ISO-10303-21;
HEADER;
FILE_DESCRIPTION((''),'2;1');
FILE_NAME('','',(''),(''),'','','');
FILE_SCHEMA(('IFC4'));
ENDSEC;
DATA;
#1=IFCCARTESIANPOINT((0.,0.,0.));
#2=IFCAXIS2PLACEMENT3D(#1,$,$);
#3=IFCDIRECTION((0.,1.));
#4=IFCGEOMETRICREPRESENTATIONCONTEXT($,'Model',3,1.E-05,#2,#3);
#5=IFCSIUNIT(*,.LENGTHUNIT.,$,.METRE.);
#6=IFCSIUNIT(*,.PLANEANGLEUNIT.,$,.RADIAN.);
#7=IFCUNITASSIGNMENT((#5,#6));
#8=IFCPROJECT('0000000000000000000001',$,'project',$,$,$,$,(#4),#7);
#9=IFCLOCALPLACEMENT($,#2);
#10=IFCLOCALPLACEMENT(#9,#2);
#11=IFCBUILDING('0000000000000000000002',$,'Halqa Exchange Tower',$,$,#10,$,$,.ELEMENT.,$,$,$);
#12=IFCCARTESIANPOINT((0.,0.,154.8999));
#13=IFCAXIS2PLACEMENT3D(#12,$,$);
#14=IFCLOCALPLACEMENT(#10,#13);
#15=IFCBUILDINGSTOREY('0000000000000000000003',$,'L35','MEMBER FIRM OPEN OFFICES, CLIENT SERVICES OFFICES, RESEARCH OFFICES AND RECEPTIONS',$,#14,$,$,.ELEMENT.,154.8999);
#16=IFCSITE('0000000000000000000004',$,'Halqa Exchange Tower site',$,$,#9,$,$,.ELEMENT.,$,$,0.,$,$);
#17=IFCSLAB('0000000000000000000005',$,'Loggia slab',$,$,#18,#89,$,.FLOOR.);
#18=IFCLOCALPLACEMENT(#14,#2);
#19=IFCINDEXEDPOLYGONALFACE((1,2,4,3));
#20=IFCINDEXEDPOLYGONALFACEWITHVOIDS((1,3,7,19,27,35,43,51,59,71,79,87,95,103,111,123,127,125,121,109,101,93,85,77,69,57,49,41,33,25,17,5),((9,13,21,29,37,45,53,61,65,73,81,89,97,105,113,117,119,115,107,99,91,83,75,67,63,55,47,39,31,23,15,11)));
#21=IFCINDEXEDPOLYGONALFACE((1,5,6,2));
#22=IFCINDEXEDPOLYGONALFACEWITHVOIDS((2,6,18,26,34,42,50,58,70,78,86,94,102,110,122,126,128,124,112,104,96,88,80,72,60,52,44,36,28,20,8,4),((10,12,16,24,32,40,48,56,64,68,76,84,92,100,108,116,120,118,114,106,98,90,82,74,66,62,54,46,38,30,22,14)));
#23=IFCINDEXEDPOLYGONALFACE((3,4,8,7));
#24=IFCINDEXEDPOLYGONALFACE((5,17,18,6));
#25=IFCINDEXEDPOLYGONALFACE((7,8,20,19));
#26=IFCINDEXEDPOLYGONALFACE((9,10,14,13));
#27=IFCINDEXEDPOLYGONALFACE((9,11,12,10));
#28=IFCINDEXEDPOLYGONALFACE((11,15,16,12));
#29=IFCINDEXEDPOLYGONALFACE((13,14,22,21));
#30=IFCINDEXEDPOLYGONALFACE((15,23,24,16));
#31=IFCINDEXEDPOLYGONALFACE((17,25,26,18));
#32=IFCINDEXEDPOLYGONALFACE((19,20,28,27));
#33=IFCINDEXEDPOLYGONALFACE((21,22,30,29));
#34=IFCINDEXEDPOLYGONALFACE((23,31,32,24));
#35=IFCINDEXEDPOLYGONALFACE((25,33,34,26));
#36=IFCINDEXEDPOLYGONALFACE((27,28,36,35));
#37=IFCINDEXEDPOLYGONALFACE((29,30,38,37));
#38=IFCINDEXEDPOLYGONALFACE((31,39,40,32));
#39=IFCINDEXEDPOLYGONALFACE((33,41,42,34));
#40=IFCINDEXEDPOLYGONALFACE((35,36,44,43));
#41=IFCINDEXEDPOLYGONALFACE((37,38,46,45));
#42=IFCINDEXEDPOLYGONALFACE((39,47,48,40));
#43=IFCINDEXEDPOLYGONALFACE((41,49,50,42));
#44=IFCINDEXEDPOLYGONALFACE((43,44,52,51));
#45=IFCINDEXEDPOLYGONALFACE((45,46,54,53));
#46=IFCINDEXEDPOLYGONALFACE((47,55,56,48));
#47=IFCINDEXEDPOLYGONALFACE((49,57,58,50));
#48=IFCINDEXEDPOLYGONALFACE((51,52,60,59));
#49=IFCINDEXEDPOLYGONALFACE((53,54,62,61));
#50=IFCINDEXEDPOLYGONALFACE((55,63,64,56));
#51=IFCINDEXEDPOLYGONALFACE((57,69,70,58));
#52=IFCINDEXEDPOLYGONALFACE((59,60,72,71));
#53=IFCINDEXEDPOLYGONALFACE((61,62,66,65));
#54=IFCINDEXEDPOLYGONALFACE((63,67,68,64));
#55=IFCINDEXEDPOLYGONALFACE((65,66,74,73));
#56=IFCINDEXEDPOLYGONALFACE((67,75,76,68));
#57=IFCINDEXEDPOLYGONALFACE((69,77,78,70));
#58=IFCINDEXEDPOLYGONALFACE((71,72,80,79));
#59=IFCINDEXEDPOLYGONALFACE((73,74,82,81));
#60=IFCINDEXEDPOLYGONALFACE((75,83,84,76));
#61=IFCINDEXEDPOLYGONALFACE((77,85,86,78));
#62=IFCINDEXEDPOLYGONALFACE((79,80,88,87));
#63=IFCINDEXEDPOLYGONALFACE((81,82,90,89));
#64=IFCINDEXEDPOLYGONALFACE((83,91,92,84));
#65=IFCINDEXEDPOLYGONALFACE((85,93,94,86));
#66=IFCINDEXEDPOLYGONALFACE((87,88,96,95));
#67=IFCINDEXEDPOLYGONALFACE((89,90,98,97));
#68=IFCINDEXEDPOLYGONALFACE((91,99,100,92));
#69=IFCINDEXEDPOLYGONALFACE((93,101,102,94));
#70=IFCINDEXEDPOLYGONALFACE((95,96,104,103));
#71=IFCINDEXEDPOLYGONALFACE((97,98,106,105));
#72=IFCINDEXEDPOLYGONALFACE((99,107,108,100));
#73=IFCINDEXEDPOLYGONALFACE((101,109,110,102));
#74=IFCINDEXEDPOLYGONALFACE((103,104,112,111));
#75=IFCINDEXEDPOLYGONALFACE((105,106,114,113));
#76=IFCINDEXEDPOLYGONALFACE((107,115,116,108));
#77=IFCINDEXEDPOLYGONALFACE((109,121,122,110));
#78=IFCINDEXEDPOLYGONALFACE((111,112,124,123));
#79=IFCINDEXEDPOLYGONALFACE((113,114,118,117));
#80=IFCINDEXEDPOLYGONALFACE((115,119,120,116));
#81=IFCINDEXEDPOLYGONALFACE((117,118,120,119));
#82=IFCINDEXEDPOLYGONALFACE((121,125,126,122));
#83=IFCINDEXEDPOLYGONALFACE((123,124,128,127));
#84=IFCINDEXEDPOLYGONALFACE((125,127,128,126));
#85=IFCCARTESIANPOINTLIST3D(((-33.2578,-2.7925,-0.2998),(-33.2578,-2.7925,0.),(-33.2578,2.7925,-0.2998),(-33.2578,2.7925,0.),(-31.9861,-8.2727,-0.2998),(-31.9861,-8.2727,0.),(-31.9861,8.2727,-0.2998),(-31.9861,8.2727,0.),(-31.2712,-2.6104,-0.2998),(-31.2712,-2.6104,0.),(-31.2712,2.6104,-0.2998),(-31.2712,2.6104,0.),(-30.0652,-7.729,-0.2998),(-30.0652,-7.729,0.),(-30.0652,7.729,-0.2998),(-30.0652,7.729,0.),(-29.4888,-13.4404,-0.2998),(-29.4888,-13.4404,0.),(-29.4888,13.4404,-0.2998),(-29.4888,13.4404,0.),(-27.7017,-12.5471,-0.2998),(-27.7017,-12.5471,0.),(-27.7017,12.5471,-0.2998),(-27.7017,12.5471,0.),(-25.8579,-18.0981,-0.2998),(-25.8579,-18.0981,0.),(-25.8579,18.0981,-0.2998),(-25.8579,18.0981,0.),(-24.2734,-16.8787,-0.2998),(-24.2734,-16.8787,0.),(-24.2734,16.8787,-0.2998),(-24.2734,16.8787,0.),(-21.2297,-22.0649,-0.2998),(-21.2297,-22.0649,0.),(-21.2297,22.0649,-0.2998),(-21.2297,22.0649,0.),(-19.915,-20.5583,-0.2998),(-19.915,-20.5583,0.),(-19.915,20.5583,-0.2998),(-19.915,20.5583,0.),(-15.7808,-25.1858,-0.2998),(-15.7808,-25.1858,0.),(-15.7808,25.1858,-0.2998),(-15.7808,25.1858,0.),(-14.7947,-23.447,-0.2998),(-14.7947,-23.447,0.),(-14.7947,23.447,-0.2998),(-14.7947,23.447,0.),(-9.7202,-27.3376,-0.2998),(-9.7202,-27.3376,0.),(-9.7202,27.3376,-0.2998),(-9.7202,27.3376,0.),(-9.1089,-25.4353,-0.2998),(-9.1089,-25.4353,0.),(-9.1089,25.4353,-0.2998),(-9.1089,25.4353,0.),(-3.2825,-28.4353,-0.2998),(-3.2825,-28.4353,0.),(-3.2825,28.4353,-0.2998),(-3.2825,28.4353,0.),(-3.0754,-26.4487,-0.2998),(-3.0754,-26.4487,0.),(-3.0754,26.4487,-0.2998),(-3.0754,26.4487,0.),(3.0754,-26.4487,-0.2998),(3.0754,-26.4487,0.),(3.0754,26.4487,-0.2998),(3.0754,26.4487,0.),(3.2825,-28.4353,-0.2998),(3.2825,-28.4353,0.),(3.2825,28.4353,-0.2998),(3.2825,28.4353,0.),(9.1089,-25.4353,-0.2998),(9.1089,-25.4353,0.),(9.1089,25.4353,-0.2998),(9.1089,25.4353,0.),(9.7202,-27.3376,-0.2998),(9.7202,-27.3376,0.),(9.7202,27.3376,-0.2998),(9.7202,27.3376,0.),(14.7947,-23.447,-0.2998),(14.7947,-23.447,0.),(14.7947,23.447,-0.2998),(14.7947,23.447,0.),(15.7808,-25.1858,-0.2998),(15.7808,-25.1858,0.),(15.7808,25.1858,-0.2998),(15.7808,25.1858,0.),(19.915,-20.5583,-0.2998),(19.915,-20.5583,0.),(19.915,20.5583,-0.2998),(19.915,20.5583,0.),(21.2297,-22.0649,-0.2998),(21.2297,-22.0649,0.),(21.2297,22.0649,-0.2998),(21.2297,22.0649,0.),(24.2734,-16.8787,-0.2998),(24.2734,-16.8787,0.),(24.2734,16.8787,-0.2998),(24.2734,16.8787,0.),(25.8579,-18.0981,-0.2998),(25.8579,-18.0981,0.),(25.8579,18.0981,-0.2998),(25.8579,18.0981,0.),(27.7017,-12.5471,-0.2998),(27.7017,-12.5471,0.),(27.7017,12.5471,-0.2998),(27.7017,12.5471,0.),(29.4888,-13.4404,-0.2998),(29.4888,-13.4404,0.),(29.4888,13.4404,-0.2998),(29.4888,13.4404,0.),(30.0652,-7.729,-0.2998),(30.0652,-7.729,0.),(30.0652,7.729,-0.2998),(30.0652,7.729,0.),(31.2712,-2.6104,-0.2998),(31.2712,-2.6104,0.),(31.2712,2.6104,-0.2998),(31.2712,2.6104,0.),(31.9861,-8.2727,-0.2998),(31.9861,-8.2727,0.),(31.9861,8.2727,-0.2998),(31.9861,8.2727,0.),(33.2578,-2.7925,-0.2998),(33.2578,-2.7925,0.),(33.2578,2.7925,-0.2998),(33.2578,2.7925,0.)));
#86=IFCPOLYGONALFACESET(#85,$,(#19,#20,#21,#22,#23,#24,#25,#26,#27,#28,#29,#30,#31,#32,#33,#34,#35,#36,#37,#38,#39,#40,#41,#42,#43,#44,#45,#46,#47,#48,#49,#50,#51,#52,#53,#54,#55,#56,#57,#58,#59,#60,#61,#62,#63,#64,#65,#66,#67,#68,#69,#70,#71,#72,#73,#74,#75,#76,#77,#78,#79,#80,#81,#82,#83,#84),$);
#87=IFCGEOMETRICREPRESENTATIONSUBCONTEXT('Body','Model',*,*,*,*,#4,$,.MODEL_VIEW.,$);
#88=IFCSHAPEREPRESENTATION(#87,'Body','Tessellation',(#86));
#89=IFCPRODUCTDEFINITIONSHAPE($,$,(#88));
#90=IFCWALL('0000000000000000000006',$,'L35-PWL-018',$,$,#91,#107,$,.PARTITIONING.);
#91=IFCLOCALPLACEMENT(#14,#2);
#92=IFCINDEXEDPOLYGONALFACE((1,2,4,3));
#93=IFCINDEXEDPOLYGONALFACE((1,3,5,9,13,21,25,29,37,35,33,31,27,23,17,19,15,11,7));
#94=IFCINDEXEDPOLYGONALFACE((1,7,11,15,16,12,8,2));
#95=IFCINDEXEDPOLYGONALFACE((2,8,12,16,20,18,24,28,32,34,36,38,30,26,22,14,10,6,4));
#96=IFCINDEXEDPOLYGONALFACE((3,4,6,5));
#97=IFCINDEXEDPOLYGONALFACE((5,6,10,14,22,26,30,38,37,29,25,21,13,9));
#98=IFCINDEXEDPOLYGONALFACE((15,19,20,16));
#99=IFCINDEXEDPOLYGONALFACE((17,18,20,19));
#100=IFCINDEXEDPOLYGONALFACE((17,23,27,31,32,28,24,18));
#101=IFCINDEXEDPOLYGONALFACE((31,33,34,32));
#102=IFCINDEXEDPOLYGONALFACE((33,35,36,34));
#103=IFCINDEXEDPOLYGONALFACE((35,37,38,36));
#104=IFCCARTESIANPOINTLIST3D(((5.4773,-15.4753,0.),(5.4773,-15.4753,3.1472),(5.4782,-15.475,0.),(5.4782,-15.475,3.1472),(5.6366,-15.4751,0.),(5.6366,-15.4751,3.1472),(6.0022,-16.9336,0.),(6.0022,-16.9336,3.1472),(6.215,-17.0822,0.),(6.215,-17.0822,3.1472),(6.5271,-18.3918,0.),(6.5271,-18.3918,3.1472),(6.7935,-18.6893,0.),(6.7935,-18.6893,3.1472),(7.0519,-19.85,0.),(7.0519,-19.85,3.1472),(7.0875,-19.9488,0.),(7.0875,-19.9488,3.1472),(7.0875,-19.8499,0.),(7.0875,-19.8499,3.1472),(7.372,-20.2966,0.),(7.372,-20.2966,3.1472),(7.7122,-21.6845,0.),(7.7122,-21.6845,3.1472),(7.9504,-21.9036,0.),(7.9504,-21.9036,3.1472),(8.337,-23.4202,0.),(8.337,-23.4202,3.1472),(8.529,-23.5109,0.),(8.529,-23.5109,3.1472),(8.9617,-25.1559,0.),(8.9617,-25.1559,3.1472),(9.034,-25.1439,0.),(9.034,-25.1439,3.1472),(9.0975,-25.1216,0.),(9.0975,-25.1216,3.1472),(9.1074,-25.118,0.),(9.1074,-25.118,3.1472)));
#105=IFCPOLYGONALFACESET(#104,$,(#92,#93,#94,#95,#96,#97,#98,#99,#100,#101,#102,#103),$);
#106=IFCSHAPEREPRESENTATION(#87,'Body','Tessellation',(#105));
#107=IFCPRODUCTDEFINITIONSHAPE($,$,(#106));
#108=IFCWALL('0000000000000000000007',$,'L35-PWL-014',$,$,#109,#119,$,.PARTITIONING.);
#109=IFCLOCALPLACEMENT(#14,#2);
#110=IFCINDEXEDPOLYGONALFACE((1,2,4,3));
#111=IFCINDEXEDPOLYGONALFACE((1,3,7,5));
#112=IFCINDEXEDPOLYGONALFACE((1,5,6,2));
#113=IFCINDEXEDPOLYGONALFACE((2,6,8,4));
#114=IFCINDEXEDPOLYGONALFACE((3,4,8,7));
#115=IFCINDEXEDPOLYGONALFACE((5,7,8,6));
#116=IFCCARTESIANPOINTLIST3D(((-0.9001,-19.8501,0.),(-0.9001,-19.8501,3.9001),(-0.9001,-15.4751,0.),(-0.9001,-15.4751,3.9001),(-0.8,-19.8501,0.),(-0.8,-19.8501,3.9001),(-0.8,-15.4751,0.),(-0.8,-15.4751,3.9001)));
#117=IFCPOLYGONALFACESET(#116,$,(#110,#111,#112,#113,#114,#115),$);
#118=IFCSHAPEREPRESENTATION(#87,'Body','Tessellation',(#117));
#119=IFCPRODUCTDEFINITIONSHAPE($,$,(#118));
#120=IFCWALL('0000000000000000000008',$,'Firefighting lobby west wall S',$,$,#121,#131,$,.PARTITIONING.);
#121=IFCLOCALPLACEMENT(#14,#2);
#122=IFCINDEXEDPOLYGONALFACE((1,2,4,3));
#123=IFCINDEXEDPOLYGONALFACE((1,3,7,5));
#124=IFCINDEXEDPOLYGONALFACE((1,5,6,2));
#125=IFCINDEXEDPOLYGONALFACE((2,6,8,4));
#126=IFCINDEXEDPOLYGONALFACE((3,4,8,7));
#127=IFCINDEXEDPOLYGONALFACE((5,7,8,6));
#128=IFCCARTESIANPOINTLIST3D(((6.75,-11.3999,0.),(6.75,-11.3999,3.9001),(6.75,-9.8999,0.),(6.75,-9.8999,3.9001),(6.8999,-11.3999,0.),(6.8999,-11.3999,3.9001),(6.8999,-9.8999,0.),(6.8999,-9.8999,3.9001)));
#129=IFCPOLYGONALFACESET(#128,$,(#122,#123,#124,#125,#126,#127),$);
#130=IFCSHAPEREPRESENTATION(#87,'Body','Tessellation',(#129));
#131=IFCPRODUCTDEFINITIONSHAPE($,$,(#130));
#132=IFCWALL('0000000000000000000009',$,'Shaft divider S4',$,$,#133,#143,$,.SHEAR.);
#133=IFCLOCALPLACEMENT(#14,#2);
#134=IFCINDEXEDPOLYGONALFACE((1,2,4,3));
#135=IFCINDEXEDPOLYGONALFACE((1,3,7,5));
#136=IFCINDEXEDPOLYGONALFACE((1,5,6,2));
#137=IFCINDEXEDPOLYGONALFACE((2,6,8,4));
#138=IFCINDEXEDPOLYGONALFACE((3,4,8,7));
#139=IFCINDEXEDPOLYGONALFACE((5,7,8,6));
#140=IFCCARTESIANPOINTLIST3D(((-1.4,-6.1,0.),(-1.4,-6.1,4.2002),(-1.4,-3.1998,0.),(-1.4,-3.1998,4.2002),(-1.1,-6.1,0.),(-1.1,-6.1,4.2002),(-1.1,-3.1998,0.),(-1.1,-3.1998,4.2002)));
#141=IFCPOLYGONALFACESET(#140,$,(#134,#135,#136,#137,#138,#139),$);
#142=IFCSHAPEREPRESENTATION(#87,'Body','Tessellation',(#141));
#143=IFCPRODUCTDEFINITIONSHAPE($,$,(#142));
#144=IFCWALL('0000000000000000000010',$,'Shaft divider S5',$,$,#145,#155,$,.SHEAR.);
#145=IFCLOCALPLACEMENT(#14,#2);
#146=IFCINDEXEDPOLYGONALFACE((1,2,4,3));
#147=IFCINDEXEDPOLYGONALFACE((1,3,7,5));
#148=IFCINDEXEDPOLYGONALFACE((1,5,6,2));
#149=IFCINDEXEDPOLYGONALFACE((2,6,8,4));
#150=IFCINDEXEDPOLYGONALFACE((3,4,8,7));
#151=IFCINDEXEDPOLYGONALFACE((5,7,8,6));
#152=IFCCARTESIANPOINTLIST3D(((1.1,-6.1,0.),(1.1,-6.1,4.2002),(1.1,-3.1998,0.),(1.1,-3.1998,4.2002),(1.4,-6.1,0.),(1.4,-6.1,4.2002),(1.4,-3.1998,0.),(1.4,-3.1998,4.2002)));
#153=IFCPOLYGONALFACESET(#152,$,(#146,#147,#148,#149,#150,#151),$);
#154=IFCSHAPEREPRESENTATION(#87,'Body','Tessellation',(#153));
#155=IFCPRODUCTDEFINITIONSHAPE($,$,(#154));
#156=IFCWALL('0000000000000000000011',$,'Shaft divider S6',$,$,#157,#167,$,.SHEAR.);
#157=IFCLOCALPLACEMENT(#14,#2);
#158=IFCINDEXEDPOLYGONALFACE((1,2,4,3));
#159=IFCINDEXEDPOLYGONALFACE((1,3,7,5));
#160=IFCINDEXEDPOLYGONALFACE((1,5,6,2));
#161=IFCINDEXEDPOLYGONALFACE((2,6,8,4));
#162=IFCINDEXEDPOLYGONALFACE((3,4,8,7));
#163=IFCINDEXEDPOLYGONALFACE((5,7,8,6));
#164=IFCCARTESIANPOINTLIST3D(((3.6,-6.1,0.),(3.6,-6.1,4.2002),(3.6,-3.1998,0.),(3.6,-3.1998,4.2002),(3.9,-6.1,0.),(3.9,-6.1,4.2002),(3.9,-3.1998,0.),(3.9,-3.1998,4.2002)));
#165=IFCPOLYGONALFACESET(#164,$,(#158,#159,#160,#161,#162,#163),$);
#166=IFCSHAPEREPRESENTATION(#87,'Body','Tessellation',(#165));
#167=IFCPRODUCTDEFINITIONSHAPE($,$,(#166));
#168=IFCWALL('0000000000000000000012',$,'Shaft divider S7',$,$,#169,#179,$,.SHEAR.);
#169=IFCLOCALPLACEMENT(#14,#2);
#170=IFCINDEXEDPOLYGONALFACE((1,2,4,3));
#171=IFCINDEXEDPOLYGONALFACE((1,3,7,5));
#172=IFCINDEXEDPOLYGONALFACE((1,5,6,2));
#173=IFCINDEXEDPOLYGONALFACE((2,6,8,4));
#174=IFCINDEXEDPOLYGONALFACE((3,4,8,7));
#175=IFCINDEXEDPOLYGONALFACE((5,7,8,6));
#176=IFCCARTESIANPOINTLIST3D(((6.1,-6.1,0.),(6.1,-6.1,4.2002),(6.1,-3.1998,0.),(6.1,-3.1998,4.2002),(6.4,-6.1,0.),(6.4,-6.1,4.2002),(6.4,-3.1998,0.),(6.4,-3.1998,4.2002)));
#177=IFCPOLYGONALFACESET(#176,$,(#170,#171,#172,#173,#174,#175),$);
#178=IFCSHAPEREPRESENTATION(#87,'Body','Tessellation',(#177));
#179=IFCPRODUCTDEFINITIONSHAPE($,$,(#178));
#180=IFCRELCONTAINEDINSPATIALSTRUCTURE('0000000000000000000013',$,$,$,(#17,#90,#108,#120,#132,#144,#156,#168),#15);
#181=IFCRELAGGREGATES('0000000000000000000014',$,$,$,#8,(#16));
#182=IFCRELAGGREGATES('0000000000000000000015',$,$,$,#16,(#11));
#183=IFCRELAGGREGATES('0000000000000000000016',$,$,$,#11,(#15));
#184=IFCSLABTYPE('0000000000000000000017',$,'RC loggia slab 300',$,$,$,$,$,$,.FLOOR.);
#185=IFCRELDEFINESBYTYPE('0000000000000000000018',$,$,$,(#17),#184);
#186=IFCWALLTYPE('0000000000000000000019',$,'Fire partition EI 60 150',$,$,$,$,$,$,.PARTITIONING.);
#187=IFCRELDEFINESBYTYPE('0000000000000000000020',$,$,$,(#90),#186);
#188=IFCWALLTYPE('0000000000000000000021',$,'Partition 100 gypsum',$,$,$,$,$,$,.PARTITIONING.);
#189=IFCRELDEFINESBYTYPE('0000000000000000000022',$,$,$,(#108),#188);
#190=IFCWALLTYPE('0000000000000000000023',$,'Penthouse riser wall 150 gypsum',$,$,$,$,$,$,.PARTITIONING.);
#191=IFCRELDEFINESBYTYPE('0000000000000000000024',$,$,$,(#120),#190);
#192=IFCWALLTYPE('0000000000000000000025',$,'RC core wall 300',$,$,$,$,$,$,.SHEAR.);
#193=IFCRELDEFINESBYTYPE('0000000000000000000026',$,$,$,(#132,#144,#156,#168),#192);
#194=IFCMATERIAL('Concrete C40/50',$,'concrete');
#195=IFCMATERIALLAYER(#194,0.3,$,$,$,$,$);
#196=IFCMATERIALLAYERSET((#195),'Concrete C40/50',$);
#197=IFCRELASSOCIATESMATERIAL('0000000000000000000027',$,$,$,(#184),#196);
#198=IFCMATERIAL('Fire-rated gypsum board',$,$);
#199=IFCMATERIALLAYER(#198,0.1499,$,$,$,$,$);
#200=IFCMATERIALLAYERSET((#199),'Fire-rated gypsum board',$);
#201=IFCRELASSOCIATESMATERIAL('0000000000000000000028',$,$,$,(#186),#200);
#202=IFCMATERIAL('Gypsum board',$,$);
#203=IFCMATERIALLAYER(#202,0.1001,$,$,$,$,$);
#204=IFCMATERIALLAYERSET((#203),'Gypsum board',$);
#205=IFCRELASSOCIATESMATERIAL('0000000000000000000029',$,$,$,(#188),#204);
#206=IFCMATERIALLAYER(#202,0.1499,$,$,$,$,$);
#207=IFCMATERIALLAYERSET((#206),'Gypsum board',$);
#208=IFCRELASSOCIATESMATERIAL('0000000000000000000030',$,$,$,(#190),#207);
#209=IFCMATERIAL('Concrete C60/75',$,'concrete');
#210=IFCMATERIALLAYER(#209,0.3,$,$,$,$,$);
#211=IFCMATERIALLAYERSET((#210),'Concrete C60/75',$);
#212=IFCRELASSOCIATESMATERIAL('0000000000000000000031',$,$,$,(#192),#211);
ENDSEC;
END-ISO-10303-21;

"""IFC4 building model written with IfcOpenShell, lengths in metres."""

from ifc_helpers import new_model, si_unit, direction, frame, frame_2d, origin, place, context, subcontext, project, spatial, polyline, rectangle, outline, extrude, material, layer, layer_set, type_object, element, save


model = new_model("IFC4")

# Units and contexts
model_context = context("Model", 3, precision=1e-05, world=origin(), true_north=direction((0.0, 1.0)))
body_context = subcontext(model_context, "Body", "Model", "MODEL_VIEW")
ifc_project = project(units=[si_unit("LENGTHUNIT", "METRE"), si_unit("PLANEANGLEUNIT", "RADIAN")], contexts=[model_context])

# Site, building, storey
site_placement = place(None, origin())
site = spatial("IfcSite", under=ifc_project, at=site_placement, Name="Halqa Exchange Tower site", CompositionType="ELEMENT", RefElevation=0.0)
building_placement = place(site_placement, origin())
building = spatial("IfcBuilding", under=site, at=building_placement, Name="Halqa Exchange Tower", CompositionType="ELEMENT")
storey_placement = place(building_placement, frame((0.0, 0.0, 154.8999)))
storey = spatial("IfcBuildingStorey", under=building, at=storey_placement, Name="L35", Description="MEMBER FIRM OPEN OFFICES, CLIENT SERVICES OFFICES, RESEARCH OFFICES AND RECEPTIONS", CompositionType="ELEMENT", Elevation=154.8999)

# Shared definitions
ifc_material_1 = material(Name="Concrete C60/75", Category="concrete")

# Slab
ifc_material_2 = material(Name="Concrete C40/50", Category="concrete")
ifc_layer_1 = layer(ifc_material_2, 0.3)
ifc_layer_set_1 = layer_set([ifc_layer_1], Name="Concrete C40/50")
slab_type_1 = type_object("IfcSlabType", Name="RC loggia slab 300", PredefinedType="FLOOR", material=ifc_layer_set_1)
slab_1_placement = place(storey_placement, frame((0.0, 0.0, -0.2998)))
element("IfcSlab", 1, at=slab_1_placement, inside=storey, type_object=slab_type_1, Name="Loggia slab", PredefinedType="FLOOR", context=body_context, shape_type="SweptSolid", body=[
    extrude(outline(polyline([(33.2578, 2.7925), (33.2578, -2.7925), (31.9861, -8.2727), (29.4888, -13.4404), (25.8579, -18.0981), (21.2297, -22.0649), (15.7808, -25.1858), (9.7202, -27.3376), (3.2825, -28.4353), (-3.2825, -28.4353), (-9.7202, -27.3376), (-15.7808, -25.1858), (-21.2297, -22.0649), (-25.8579, -18.0981), (-29.4888, -13.4404), (-31.9861, -8.2727), (-33.2578, -2.7925), (-33.2578, 2.7925), (-31.9861, 8.2727), (-29.4888, 13.4404), (-25.8579, 18.0981), (-21.2297, 22.0649), (-15.7808, 25.1858), (-9.7202, 27.3376), (-3.2825, 28.4353), (3.2825, 28.4353), (9.7202, 27.3376), (15.7808, 25.1858), (21.2297, 22.0649), (25.8579, 18.0981), (29.4888, 13.4404), (31.9861, 8.2727), (33.2578, 2.7925)]), holes=[polyline([(31.2712, 2.6104), (30.0652, 7.729), (27.7017, 12.5471), (24.2734, 16.8787), (19.915, 20.5583), (14.7947, 23.447), (9.1089, 25.4353), (3.0754, 26.4487), (-3.0754, 26.4487), (-9.1089, 25.4353), (-14.7947, 23.447), (-19.915, 20.5583), (-24.2734, 16.8787), (-27.7017, 12.5471), (-30.0652, 7.729), (-31.2712, 2.6104), (-31.2712, -2.6104), (-30.0652, -7.729), (-27.7017, -12.5471), (-24.2734, -16.8787), (-19.915, -20.5583), (-14.7947, -23.447), (-9.1089, -25.4353), (-3.0754, -26.4487), (3.0754, -26.4487), (9.1089, -25.4353), (14.7947, -23.447), (19.915, -20.5583), (24.2734, -16.8787), (27.7017, -12.5471), (30.0652, -7.729), (31.2712, -2.6104), (31.2712, 2.6104)])]), origin(), (0.0, 0.0, 1.0), 0.2998),
])

# Walls
ifc_material_3 = material(Name="Fire-rated gypsum board")
ifc_layer_2 = layer(ifc_material_3, 0.1499)
ifc_layer_set_2 = layer_set([ifc_layer_2], Name="Fire-rated gypsum board")
wall_type_1 = type_object("IfcWallType", Name="Fire partition EI 60 150", PredefinedType="PARTITIONING", material=ifc_layer_set_2)
wall_1_placement = place(storey_placement, frame((5.5479, -15.45, 0.0), z_axis=(0.0, 0.0, 1.0), x_axis=(0.338668, -0.940906, 0.0)))
element("IfcWall", 2, at=wall_1_placement, inside=storey, type_object=wall_type_1, Name="L35-PWL-018", PredefinedType="PARTITIONING", context=body_context, shape_type="SweptSolid", body=[
    extrude(outline(polyline([(0.0, -0.075), (1.5498, -0.075), (3.0996, -0.075), (4.6494, -0.075), (4.6614, -0.0415), (4.7544, -0.075), (6.5991, -0.075), (8.4438, -0.075), (10.2886, -0.075), (10.3018, -0.0029), (10.3022, 0.0645), (10.3022, 0.075), (8.5942, 0.075), (6.886, 0.075), (5.178, 0.075), (3.4697, 0.075), (1.7617, 0.075), (0.0537, 0.075), (0.0, -0.074), (0.0, -0.075)])), origin(), (0.0, 0.0, 1.0), 3.1472),
])
ifc_material_4 = material(Name="Gypsum board")
ifc_layer_3 = layer(ifc_material_4, 0.1001)
ifc_layer_set_3 = layer_set([ifc_layer_3], Name="Gypsum board")
wall_type_2 = type_object("IfcWallType", Name="Partition 100 gypsum", PredefinedType="PARTITIONING", material=ifc_layer_set_3)
wall_2_placement = place(storey_placement, frame((-0.8501, -15.4751, 0.0), z_axis=(0.0, 0.0, 1.0), x_axis=(0.0, -1.0, 0.0)))
element("IfcWall", 3, at=wall_2_placement, inside=storey, type_object=wall_type_2, Name="L35-PWL-014", PredefinedType="PARTITIONING", context=body_context, shape_type="SweptSolid", body=[
    extrude(rectangle(XDim=4.375, YDim=0.1001, at=frame_2d((2.1875, 0.0))), origin(), (0.0, 0.0, 1.0), 3.9001),
])
ifc_layer_4 = layer(ifc_material_4, 0.1499)
ifc_layer_set_4 = layer_set([ifc_layer_4], Name="Gypsum board")
wall_type_3 = type_object("IfcWallType", Name="Penthouse riser wall 150 gypsum", PredefinedType="PARTITIONING", material=ifc_layer_set_4)
wall_3_placement = place(storey_placement, frame((6.825, -11.3999, 0.0), z_axis=(0.0, 0.0, 1.0), x_axis=(0.0, 1.0, 0.0)))
element("IfcWall", 4, at=wall_3_placement, inside=storey, type_object=wall_type_3, Name="Firefighting lobby west wall S", PredefinedType="PARTITIONING", context=body_context, shape_type="SweptSolid", body=[
    extrude(rectangle(XDim=1.5, YDim=0.1499, at=frame_2d((0.75, 0.0))), origin(), (0.0, 0.0, 1.0), 3.9001),
])
ifc_layer_5 = layer(ifc_material_1, 0.3)
ifc_layer_set_5 = layer_set([ifc_layer_5], Name="Concrete C60/75")
wall_type_4 = type_object("IfcWallType", Name="RC core wall 300", PredefinedType="SHEAR", material=ifc_layer_set_5)
for number, where, z_axis, x_axis, name in (
    (5, (-1.25, -6.1001, 0.0), (0.0, 0.0, 1.0), (0.0, 1.0, 0.0), "Shaft divider S4"),
    (6, (1.25, -6.1001, 0.0), (0.0, 0.0, 1.0), (0.0, 1.0, 0.0), "Shaft divider S5"),
    (7, (3.75, -6.1001, 0.0), (0.0, 0.0, 1.0), (0.0, 1.0, 0.0), "Shaft divider S6"),
    (8, (6.25, -6.1001, 0.0), (0.0, 0.0, 1.0), (0.0, 1.0, 0.0), "Shaft divider S7"),
):
    element("IfcWall", number, at=place(storey_placement, frame(where, z_axis=z_axis, x_axis=x_axis)), inside=storey, type_object=wall_type_4, Name=name, PredefinedType="SHEAR", context=body_context, shape_type="SweptSolid", body=[
        extrude(rectangle(XDim=2.9001, YDim=0.3, at=frame_2d((1.4502, 0.0))), origin(), (0.0, 0.0, 1.0), 4.2002),
    ])

save(model, "model.ifc")
